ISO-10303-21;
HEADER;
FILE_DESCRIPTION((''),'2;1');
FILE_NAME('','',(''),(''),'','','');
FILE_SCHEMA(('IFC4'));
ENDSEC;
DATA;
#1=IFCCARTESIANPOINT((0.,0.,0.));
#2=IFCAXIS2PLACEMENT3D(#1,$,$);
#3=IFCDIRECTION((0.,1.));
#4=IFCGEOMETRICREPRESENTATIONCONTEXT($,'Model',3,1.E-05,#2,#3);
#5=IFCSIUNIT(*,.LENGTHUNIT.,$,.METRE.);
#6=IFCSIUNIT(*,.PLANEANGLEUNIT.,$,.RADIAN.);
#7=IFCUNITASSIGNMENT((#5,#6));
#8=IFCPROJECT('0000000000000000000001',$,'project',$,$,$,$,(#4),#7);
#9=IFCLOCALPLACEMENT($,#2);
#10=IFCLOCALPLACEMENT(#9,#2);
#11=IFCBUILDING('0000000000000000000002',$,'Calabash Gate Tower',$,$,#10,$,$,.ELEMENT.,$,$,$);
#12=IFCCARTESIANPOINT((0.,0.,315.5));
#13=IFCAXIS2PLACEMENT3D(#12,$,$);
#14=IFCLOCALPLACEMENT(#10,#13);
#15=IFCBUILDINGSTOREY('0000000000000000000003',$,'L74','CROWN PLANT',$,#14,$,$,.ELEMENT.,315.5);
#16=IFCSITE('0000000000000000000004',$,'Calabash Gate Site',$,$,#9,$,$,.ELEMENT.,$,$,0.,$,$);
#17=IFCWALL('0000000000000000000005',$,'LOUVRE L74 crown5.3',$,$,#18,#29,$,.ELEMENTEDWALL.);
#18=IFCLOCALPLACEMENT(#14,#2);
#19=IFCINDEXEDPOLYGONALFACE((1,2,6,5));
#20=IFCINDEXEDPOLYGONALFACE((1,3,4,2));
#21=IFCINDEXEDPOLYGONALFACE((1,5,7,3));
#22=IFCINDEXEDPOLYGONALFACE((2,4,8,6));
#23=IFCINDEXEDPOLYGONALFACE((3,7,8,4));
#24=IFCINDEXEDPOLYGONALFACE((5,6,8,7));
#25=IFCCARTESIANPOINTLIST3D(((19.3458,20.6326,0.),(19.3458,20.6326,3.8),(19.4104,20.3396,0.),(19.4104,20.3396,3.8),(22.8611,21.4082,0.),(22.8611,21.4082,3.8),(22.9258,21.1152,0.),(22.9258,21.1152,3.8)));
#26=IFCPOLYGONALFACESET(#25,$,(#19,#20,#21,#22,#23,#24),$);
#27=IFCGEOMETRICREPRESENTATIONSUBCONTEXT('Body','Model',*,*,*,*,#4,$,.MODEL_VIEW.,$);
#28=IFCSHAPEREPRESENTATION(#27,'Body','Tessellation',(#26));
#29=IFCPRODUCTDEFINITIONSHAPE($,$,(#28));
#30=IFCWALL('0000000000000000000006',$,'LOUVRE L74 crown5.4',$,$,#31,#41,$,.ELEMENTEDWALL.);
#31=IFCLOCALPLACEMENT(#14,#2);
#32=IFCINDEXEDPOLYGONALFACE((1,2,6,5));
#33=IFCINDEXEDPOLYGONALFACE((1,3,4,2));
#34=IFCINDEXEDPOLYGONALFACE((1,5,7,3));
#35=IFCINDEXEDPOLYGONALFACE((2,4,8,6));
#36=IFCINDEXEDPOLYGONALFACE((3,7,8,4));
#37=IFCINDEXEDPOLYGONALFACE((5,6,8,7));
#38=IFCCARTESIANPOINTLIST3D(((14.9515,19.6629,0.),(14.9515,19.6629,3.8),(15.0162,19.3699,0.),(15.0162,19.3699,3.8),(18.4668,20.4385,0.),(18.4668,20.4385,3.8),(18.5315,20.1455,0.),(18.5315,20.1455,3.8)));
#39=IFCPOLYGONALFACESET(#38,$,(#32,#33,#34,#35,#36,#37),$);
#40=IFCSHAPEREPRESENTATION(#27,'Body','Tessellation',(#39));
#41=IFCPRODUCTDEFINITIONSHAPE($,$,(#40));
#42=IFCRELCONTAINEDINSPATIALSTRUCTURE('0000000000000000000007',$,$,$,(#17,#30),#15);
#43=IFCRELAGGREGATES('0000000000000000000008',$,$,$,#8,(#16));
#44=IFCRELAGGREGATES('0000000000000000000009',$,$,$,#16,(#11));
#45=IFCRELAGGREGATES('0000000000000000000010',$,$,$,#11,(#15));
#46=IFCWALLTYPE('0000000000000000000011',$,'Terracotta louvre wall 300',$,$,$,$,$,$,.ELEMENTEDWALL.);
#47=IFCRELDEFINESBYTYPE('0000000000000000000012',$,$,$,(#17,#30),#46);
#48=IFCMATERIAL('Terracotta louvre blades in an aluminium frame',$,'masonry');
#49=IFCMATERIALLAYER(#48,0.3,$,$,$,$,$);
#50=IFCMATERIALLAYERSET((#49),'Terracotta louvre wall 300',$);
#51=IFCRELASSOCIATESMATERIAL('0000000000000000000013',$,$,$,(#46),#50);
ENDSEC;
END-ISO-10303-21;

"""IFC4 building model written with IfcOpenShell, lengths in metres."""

from ifc_helpers import new_model, si_unit, direction, frame, frame_2d, origin, place, context, subcontext, project, spatial, rectangle, extrude, material, layer, layer_set, type_object, element, save


model = new_model("IFC4")

# Units and contexts
model_context = context("Model", 3, precision=1e-05, world=origin(), true_north=direction((0.0, 1.0)))
body_context = subcontext(model_context, "Body", "Model", "MODEL_VIEW")
ifc_project = project(units=[si_unit("LENGTHUNIT", "METRE"), si_unit("PLANEANGLEUNIT", "RADIAN")], contexts=[model_context])

# Site, building, storey
site_placement = place(None, origin())
site = spatial("IfcSite", under=ifc_project, at=site_placement, Name="Calabash Gate Site", CompositionType="ELEMENT", RefElevation=0.0)
building_placement = place(site_placement, origin())
building = spatial("IfcBuilding", under=site, at=building_placement, Name="Calabash Gate Tower", CompositionType="ELEMENT")
storey_placement = place(building_placement, frame((0.0, 0.0, 315.5)))
storey = spatial("IfcBuildingStorey", under=building, at=storey_placement, Name="L74", Description="CROWN PLANT", CompositionType="ELEMENT", Elevation=315.5)

# Walls
ifc_material_1 = material(Name="Terracotta louvre blades in an aluminium frame", Category="masonry")
ifc_layer_1 = layer(ifc_material_1, 0.3)
ifc_layer_set_1 = layer_set([ifc_layer_1], Name="Terracotta louvre wall 300")
wall_type_1 = type_object("IfcWallType", Name="Terracotta louvre wall 300", PredefinedType="ELEMENTEDWALL", material=ifc_layer_set_1)
for number, where, z_axis, x_axis, name in (
    (1, (22.8933, 21.2617, 0.0), (0.0, 0.0, 1.0), (-0.976513, -0.215458, 0.0), "LOUVRE L74 crown5.3"),
    (2, (18.499, 20.292, 0.0), (0.0, 0.0, 1.0), (-0.976513, -0.215458, 0.0), "LOUVRE L74 crown5.4"),
):
    element("IfcWall", number, at=place(storey_placement, frame(where, z_axis=z_axis, x_axis=x_axis)), inside=storey, type_object=wall_type_1, Name=name, PredefinedType="ELEMENTEDWALL", context=body_context, shape_type="SweptSolid", body=[
        extrude(rectangle(XDim=3.5999, YDim=0.3, at=frame_2d((1.7998, 0.0))), origin(), (0.0, 0.0, 1.0), 3.8),
    ])

save(model, "model.ifc")
